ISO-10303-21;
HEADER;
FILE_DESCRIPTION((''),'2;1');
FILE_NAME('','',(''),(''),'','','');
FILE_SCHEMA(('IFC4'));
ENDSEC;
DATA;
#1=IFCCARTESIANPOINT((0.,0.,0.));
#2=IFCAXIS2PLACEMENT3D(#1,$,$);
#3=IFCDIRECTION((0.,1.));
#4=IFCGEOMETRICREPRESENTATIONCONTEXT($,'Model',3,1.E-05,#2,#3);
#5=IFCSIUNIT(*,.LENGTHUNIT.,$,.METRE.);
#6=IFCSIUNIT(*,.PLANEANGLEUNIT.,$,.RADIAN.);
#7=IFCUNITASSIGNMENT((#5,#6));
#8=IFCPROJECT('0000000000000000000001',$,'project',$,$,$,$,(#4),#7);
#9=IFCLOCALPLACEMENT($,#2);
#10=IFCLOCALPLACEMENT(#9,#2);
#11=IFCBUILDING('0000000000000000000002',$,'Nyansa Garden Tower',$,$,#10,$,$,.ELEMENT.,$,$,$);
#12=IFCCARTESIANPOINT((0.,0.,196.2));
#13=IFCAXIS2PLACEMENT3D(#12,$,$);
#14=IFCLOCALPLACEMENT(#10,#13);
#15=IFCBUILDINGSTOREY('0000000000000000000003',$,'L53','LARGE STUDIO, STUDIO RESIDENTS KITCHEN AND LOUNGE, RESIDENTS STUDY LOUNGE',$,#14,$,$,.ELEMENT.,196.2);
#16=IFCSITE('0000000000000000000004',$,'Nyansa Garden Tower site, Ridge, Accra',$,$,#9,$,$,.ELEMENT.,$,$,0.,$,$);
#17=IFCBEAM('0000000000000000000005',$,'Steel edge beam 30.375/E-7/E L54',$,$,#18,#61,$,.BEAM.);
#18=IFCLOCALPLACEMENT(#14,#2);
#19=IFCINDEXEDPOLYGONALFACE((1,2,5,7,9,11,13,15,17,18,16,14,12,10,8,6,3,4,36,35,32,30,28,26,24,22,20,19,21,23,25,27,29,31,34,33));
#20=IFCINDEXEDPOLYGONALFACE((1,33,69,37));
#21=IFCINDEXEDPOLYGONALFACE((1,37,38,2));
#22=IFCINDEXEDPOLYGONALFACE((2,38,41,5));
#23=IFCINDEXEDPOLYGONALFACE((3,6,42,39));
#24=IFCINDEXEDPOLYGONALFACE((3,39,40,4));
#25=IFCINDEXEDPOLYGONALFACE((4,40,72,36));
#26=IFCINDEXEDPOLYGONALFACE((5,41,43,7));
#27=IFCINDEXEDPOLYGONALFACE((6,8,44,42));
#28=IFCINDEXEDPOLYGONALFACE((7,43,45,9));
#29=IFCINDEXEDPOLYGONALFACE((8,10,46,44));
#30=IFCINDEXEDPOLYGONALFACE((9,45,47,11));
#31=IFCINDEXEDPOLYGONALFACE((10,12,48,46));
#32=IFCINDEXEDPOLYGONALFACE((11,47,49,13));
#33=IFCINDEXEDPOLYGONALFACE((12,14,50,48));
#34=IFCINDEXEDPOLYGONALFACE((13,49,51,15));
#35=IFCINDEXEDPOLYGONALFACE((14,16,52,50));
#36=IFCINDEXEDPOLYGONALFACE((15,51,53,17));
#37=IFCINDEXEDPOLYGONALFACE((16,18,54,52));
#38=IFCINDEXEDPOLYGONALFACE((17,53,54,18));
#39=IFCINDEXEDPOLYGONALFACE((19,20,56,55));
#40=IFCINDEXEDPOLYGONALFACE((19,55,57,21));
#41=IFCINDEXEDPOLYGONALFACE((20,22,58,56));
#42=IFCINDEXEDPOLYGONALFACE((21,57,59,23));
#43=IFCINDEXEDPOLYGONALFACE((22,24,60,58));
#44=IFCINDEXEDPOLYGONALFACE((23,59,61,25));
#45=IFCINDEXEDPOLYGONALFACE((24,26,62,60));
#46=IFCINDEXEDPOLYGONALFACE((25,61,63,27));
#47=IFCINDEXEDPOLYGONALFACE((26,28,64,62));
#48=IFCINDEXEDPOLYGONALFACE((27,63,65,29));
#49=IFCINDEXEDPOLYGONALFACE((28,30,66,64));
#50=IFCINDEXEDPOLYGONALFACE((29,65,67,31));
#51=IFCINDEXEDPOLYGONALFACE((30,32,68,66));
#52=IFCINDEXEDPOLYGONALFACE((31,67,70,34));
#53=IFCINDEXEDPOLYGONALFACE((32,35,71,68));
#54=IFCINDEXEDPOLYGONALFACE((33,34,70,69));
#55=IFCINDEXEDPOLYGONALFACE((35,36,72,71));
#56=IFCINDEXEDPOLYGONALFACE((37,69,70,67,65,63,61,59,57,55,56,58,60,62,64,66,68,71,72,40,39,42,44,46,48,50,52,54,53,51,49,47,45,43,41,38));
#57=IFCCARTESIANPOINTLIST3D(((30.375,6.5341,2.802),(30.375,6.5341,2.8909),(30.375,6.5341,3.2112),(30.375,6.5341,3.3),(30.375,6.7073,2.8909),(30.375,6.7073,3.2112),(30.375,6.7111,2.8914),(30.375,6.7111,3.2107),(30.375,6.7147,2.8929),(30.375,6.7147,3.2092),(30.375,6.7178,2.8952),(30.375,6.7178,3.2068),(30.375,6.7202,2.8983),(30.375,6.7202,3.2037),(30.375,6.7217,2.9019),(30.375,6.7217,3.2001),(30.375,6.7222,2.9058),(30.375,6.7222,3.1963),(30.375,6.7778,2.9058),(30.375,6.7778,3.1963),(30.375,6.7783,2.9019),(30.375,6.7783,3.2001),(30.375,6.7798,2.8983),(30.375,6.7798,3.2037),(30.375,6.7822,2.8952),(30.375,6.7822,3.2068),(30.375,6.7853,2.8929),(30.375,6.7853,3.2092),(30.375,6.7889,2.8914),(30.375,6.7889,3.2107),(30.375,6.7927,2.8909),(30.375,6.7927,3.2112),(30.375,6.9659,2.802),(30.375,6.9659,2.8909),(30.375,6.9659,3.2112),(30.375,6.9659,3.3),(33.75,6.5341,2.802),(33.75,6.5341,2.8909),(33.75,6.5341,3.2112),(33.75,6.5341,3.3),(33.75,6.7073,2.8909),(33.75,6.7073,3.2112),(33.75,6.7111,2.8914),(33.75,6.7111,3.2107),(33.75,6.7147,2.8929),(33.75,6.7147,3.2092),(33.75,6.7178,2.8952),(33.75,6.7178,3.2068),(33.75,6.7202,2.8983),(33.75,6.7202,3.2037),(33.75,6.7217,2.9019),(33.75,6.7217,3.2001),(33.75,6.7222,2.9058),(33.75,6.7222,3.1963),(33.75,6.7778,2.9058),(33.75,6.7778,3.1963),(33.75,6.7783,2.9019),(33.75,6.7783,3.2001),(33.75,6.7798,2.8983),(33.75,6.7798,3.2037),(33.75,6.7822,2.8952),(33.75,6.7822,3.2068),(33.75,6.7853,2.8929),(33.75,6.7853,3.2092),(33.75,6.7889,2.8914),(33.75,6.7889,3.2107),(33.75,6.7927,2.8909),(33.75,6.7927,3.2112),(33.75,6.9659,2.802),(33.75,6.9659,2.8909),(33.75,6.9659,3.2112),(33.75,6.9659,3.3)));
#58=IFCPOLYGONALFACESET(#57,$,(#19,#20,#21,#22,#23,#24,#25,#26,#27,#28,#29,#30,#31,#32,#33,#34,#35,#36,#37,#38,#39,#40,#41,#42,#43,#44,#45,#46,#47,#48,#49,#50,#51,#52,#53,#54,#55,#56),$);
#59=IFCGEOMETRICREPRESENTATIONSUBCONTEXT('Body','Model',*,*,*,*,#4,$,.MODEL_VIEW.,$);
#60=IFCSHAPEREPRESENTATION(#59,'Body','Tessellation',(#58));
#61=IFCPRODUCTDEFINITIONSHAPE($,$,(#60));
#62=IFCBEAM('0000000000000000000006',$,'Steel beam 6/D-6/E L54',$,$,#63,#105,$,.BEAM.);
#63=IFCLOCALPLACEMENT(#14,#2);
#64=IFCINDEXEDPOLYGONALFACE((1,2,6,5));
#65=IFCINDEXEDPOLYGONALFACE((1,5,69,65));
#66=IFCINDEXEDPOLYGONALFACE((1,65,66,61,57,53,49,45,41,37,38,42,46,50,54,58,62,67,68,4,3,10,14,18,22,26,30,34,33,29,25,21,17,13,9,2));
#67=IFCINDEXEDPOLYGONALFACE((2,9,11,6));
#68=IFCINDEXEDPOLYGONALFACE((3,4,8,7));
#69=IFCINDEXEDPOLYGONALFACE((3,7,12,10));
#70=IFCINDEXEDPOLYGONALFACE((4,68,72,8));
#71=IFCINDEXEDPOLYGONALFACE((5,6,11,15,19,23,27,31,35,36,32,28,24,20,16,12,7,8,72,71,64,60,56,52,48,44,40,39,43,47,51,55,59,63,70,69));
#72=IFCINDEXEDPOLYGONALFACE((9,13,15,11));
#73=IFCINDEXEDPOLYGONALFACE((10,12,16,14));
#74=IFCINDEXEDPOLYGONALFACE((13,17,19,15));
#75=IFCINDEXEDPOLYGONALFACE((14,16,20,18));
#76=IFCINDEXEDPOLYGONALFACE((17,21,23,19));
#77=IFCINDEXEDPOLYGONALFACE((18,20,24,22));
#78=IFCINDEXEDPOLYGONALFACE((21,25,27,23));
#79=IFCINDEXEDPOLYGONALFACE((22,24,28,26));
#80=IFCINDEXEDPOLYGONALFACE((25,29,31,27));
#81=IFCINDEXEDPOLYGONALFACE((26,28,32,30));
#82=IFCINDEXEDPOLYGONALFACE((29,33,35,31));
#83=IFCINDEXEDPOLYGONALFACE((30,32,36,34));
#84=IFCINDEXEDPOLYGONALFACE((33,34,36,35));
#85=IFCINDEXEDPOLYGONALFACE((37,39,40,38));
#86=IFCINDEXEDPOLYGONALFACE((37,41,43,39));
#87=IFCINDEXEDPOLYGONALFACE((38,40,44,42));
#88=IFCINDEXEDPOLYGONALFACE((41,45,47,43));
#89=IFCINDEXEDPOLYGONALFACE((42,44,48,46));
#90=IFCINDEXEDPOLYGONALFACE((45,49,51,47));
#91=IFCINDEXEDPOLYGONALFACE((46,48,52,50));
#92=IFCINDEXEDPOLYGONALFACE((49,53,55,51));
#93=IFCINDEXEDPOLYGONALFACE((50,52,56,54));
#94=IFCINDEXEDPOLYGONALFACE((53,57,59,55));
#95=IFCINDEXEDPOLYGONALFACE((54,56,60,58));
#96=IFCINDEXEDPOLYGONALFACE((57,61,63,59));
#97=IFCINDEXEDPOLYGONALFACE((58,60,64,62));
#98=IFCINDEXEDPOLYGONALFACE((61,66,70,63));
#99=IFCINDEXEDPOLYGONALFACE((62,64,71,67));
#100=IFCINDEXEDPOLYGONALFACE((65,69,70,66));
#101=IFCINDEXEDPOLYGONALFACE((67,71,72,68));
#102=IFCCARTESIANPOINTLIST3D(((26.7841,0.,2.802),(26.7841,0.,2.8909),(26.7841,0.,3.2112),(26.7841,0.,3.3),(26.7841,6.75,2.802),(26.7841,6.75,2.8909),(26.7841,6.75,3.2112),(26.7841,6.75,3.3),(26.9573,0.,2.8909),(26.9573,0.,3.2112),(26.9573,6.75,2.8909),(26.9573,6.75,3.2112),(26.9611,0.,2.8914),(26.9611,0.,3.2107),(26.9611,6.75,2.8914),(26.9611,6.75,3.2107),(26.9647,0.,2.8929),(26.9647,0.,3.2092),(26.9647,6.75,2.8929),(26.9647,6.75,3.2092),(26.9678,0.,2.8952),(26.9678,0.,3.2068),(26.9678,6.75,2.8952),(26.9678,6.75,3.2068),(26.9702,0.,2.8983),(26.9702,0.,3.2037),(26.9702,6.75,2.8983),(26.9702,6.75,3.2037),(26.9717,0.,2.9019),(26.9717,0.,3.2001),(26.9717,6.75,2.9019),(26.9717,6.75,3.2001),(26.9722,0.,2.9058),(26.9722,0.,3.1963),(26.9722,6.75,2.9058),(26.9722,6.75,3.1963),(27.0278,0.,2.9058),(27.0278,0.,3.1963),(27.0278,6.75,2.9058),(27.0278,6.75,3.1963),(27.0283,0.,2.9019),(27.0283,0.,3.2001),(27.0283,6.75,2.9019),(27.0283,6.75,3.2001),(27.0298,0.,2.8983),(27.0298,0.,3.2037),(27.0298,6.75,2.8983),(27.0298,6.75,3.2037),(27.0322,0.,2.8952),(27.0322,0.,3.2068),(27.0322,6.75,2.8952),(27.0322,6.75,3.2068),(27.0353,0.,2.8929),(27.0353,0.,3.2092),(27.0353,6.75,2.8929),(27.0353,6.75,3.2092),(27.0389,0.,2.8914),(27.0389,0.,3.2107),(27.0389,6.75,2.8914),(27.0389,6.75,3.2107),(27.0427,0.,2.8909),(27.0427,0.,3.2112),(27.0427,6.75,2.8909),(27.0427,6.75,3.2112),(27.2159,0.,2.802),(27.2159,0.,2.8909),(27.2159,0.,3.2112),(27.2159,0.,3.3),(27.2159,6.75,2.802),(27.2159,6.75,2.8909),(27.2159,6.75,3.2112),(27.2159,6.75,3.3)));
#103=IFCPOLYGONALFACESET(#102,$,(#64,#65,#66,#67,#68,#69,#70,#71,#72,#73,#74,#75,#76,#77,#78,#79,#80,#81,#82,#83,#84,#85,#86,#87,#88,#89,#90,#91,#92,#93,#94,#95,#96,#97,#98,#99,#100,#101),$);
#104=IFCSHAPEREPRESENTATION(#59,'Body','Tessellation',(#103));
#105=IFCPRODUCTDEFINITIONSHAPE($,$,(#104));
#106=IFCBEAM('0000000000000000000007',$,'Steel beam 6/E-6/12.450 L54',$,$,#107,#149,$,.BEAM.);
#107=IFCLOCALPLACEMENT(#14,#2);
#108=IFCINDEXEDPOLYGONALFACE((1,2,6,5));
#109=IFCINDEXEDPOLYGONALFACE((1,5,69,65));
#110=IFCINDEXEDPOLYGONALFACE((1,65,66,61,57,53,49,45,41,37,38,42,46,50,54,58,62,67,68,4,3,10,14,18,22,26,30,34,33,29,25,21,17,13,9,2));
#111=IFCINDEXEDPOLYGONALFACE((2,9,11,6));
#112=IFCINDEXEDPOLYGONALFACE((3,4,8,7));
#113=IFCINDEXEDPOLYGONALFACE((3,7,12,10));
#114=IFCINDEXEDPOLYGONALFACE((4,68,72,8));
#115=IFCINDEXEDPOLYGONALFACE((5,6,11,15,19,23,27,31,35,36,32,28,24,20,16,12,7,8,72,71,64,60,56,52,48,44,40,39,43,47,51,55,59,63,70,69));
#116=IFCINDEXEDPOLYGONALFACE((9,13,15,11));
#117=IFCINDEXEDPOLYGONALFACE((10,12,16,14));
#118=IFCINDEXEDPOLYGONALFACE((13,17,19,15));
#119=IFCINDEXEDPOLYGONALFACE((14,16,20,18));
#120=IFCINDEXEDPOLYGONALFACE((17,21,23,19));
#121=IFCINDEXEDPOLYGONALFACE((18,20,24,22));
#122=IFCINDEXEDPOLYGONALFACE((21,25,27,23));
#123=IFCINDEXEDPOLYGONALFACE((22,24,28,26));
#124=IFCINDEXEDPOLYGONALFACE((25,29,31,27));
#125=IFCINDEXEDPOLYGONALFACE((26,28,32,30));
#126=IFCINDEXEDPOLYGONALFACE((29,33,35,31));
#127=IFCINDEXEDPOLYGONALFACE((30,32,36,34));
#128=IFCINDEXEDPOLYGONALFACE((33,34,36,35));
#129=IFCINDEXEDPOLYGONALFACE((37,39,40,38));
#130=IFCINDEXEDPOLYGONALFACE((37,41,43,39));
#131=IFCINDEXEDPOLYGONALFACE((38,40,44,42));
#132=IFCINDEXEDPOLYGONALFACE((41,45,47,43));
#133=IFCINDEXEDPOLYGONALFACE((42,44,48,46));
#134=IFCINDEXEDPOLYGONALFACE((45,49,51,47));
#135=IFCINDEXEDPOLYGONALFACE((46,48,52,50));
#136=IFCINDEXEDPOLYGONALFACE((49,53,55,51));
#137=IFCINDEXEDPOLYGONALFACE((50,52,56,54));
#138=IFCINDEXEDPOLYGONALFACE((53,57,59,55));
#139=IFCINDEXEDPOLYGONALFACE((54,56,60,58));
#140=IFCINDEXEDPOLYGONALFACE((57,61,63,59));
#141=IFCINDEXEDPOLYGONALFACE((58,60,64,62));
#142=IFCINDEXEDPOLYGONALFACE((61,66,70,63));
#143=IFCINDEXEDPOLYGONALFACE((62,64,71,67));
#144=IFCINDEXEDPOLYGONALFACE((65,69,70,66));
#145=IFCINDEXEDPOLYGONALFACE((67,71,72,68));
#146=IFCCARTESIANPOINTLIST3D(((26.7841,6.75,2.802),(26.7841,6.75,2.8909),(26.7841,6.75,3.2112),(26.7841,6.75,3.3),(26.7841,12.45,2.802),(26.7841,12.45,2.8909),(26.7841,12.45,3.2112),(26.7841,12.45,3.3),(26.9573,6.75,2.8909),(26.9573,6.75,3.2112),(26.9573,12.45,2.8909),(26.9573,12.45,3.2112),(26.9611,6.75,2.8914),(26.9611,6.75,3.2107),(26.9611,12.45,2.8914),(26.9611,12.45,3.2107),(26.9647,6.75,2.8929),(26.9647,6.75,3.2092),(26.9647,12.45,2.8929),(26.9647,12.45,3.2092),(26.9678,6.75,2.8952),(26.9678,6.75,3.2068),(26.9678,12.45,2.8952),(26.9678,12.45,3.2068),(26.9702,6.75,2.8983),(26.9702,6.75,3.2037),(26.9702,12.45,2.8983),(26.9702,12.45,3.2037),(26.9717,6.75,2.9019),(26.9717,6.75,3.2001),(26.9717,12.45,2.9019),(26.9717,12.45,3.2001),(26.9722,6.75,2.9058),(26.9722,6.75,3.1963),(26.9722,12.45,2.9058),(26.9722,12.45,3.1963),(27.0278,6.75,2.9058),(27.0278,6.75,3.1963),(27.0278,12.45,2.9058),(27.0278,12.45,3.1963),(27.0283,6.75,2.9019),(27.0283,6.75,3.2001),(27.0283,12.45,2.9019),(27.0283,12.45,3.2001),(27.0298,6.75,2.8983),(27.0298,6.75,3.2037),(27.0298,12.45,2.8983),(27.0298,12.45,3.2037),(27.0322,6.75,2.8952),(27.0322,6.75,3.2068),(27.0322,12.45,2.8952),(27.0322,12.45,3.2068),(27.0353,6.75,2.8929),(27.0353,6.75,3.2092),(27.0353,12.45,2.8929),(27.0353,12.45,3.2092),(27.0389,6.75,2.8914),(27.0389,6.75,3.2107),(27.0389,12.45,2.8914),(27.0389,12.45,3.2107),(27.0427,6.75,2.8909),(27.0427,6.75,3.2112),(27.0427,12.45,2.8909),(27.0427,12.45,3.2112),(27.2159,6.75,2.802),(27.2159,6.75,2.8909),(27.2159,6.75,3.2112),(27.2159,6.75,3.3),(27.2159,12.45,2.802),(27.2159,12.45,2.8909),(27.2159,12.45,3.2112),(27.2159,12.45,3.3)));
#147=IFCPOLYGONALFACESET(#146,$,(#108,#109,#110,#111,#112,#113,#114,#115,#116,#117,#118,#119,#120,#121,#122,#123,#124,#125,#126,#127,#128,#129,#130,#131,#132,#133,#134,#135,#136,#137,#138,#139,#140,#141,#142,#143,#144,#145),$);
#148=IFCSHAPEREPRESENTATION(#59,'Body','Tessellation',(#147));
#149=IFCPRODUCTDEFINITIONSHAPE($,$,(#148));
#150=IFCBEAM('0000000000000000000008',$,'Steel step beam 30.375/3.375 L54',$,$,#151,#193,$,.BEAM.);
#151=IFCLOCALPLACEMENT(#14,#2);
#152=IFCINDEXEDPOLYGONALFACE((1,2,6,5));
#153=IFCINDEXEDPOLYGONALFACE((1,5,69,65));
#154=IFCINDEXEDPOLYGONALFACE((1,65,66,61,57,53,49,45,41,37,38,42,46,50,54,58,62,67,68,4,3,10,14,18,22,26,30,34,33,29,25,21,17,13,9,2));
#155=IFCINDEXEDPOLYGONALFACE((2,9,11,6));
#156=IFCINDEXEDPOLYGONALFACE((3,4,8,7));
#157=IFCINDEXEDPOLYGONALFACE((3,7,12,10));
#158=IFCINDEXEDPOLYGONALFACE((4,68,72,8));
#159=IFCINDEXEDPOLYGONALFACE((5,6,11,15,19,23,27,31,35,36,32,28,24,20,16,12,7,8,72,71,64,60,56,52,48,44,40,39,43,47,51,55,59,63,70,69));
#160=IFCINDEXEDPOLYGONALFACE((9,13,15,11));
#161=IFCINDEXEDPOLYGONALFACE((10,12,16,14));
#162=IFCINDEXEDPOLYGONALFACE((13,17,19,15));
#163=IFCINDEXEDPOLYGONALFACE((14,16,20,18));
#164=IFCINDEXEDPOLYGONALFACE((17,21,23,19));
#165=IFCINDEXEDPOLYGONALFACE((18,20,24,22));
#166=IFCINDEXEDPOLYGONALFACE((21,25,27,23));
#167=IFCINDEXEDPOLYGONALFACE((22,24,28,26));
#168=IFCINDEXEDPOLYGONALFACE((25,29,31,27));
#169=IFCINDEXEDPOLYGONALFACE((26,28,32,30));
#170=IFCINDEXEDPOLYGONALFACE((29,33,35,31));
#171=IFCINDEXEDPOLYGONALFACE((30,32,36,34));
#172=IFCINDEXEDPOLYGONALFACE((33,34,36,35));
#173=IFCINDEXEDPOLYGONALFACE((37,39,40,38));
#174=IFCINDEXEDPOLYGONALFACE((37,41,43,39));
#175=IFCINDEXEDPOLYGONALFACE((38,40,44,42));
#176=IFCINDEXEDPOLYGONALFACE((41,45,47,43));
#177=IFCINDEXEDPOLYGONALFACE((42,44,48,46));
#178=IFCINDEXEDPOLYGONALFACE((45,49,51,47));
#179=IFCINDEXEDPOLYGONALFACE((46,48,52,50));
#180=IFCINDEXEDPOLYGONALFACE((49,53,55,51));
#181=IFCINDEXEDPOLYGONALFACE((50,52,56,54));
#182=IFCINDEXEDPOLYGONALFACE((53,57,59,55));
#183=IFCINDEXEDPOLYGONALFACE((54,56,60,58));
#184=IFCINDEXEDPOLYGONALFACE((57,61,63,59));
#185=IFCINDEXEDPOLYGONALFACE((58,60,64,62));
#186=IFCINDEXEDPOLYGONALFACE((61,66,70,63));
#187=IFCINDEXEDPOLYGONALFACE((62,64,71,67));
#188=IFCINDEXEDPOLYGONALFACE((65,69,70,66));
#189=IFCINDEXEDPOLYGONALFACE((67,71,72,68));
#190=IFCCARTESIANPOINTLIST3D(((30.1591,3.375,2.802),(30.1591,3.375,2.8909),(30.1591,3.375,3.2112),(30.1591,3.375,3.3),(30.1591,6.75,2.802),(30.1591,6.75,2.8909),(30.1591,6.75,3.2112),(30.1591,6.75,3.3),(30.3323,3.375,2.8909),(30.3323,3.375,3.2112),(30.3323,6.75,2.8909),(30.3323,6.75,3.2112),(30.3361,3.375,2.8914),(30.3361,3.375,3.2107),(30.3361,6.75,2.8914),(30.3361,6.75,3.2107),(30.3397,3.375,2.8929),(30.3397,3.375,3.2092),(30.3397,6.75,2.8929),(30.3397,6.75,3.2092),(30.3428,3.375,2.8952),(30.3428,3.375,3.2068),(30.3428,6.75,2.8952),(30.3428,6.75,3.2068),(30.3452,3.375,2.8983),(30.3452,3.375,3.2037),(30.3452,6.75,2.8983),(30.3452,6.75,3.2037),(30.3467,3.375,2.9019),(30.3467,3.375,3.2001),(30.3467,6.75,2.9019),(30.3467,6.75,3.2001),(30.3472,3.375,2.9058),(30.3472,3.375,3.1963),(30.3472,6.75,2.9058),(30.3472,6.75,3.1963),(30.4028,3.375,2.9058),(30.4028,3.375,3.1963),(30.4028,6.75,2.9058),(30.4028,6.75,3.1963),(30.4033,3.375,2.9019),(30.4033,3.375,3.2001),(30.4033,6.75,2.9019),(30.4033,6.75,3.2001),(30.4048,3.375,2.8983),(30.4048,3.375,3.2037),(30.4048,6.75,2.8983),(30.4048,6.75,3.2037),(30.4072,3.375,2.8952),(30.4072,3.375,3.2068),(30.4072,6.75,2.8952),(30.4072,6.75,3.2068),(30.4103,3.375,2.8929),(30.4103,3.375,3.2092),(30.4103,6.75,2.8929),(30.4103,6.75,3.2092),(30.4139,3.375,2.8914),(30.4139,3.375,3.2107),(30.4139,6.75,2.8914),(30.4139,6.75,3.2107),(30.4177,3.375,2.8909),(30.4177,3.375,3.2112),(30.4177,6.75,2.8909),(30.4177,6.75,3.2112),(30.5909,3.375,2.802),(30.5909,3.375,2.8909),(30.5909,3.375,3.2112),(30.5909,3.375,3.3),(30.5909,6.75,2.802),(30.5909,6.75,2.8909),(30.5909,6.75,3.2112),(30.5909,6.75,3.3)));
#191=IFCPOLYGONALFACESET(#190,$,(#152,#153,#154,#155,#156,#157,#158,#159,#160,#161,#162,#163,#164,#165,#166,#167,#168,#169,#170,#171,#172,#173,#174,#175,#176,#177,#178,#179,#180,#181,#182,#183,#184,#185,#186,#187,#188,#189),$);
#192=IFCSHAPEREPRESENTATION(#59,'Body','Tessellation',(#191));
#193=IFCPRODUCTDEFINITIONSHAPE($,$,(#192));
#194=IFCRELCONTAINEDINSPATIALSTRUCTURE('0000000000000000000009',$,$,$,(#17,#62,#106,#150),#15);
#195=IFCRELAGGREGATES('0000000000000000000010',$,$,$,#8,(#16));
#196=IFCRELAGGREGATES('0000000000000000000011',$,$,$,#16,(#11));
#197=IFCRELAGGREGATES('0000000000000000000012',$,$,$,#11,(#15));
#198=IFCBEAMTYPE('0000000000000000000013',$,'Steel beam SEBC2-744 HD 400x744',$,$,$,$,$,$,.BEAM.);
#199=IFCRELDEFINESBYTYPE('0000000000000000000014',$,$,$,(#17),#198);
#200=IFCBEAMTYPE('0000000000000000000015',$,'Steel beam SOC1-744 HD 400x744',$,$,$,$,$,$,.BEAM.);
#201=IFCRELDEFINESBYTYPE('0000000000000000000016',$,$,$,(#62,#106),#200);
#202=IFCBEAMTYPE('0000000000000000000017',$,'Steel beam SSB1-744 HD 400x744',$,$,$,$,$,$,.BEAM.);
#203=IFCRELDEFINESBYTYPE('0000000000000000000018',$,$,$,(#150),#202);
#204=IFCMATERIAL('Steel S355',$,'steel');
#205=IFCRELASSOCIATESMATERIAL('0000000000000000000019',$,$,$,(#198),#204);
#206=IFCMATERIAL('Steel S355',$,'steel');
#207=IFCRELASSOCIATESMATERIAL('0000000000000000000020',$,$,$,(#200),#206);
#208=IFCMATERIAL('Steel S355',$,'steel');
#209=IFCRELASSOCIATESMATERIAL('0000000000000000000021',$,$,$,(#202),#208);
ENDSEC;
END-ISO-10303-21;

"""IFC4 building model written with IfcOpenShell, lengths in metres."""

from ifc_helpers import new_model, si_unit, direction, frame, origin, origin_2d, place, context, subcontext, project, spatial, i_section, extrude, material, material_profile, profile_set, type_object, element, save


model = new_model("IFC4")

# Units and contexts
model_context = context("Model", 3, precision=1e-05, world=origin(), true_north=direction((0.0, 1.0)))
body_context = subcontext(model_context, "Body", "Model", "MODEL_VIEW")
ifc_project = project(units=[si_unit("LENGTHUNIT", "METRE"), si_unit("PLANEANGLEUNIT", "RADIAN")], contexts=[model_context])

# Site, building, storey
site_placement = place(None, origin())
site = spatial("IfcSite", under=ifc_project, at=site_placement, Name="Nyansa Garden Tower site, Ridge, Accra", CompositionType="ELEMENT", RefElevation=0.0)
building_placement = place(site_placement, origin())
building = spatial("IfcBuilding", under=site, at=building_placement, Name="Nyansa Garden Tower", CompositionType="ELEMENT")
storey_placement = place(building_placement, frame((0.0, 0.0, 196.2)))
storey = spatial("IfcBuildingStorey", under=building, at=storey_placement, Name="L53", Description="LARGE STUDIO, STUDIO RESIDENTS KITCHEN AND LOUNGE, RESIDENTS STUDY LOUNGE", CompositionType="ELEMENT", Elevation=196.2)

# Beams
ifc_material_1 = material(Name="Steel S355", Category="steel")
ifc_material_profile_1 = material_profile(ifc_material_1, i_section(OverallWidth=0.4319, OverallDepth=0.498, WebThickness=0.0557, FlangeThickness=0.0889, FilletRadius=0.0149, at=origin_2d()), Name="HD 400x744")
ifc_profile_set_1 = profile_set([ifc_material_profile_1], Name="Steel S355")
beam_type_1 = type_object("IfcBeamType", Name="Steel beam SEBC2-744 HD 400x744", PredefinedType="BEAM", material=ifc_profile_set_1)
beam_1_placement = place(storey_placement, frame((30.375, 6.75, 3.051), z_axis=(1.0, 0.0, 0.0), x_axis=(0.0, 1.0, 0.0)))
element("IfcBeam", 1, at=beam_1_placement, inside=storey, type_object=beam_type_1, Name="Steel edge beam 30.375/E-7/E L54", PredefinedType="BEAM", context=body_context, shape_type="SweptSolid", body=[
    extrude(i_section(OverallWidth=0.4319, OverallDepth=0.498, WebThickness=0.0557, FlangeThickness=0.0889, FilletRadius=0.0149, at=origin_2d()), origin(), (0.0, 0.0, 1.0), 3.375),
])
ifc_material_2 = material(Name="Steel S355", Category="steel")
ifc_material_profile_2 = material_profile(ifc_material_2, i_section(OverallWidth=0.4319, OverallDepth=0.498, WebThickness=0.0557, FlangeThickness=0.0889, FilletRadius=0.0149, at=origin_2d()), Name="HD 400x744")
ifc_profile_set_2 = profile_set([ifc_material_profile_2], Name="Steel S355")
beam_type_2 = type_object("IfcBeamType", Name="Steel beam SOC1-744 HD 400x744", PredefinedType="BEAM", material=ifc_profile_set_2)
beam_2_placement = place(storey_placement, frame((27.0, 0.0, 3.051), z_axis=(0.0, 1.0, 0.0), x_axis=(-1.0, 0.0, 0.0)))
element("IfcBeam", 2, at=beam_2_placement, inside=storey, type_object=beam_type_2, Name="Steel beam 6/D-6/E L54", PredefinedType="BEAM", context=body_context, shape_type="SweptSolid", body=[
    extrude(i_section(OverallWidth=0.4319, OverallDepth=0.498, WebThickness=0.0557, FlangeThickness=0.0889, FilletRadius=0.0149, at=origin_2d()), origin(), (0.0, 0.0, 1.0), 6.75),
])
beam_3_placement = place(storey_placement, frame((27.0, 6.75, 3.051), z_axis=(0.0, 1.0, 0.0), x_axis=(-1.0, 0.0, 0.0)))
element("IfcBeam", 3, at=beam_3_placement, inside=storey, type_object=beam_type_2, Name="Steel beam 6/E-6/12.450 L54", PredefinedType="BEAM", context=body_context, shape_type="SweptSolid", body=[
    extrude(i_section(OverallWidth=0.4319, OverallDepth=0.498, WebThickness=0.0557, FlangeThickness=0.0889, FilletRadius=0.0149, at=origin_2d()), origin(), (0.0, 0.0, 1.0), 5.7),
])
ifc_material_3 = material(Name="Steel S355", Category="steel")
ifc_material_profile_3 = material_profile(ifc_material_3, i_section(OverallWidth=0.4319, OverallDepth=0.498, WebThickness=0.0557, FlangeThickness=0.0889, FilletRadius=0.0149, at=origin_2d()), Name="HD 400x744")
ifc_profile_set_3 = profile_set([ifc_material_profile_3], Name="Steel S355")
beam_type_3 = type_object("IfcBeamType", Name="Steel beam SSB1-744 HD 400x744", PredefinedType="BEAM", material=ifc_profile_set_3)
for number, where, z_axis, x_axis, name in (
    (4, (30.375, 3.375, 3.051), (0.0, 1.0, 0.0), (-1.0, 0.0, 0.0), "Steel step beam 30.375/3.375 L54"),
):
    element("IfcBeam", number, at=place(storey_placement, frame(where, z_axis=z_axis, x_axis=x_axis)), inside=storey, type_object=beam_type_3, Name=name, PredefinedType="BEAM", context=body_context, shape_type="SweptSolid", body=[
        extrude(i_section(OverallWidth=0.4319, OverallDepth=0.498, WebThickness=0.0557, FlangeThickness=0.0889, FilletRadius=0.0149, at=origin_2d()), origin(), (0.0, 0.0, 1.0), 3.375),
    ])

save(model, "model.ifc")
